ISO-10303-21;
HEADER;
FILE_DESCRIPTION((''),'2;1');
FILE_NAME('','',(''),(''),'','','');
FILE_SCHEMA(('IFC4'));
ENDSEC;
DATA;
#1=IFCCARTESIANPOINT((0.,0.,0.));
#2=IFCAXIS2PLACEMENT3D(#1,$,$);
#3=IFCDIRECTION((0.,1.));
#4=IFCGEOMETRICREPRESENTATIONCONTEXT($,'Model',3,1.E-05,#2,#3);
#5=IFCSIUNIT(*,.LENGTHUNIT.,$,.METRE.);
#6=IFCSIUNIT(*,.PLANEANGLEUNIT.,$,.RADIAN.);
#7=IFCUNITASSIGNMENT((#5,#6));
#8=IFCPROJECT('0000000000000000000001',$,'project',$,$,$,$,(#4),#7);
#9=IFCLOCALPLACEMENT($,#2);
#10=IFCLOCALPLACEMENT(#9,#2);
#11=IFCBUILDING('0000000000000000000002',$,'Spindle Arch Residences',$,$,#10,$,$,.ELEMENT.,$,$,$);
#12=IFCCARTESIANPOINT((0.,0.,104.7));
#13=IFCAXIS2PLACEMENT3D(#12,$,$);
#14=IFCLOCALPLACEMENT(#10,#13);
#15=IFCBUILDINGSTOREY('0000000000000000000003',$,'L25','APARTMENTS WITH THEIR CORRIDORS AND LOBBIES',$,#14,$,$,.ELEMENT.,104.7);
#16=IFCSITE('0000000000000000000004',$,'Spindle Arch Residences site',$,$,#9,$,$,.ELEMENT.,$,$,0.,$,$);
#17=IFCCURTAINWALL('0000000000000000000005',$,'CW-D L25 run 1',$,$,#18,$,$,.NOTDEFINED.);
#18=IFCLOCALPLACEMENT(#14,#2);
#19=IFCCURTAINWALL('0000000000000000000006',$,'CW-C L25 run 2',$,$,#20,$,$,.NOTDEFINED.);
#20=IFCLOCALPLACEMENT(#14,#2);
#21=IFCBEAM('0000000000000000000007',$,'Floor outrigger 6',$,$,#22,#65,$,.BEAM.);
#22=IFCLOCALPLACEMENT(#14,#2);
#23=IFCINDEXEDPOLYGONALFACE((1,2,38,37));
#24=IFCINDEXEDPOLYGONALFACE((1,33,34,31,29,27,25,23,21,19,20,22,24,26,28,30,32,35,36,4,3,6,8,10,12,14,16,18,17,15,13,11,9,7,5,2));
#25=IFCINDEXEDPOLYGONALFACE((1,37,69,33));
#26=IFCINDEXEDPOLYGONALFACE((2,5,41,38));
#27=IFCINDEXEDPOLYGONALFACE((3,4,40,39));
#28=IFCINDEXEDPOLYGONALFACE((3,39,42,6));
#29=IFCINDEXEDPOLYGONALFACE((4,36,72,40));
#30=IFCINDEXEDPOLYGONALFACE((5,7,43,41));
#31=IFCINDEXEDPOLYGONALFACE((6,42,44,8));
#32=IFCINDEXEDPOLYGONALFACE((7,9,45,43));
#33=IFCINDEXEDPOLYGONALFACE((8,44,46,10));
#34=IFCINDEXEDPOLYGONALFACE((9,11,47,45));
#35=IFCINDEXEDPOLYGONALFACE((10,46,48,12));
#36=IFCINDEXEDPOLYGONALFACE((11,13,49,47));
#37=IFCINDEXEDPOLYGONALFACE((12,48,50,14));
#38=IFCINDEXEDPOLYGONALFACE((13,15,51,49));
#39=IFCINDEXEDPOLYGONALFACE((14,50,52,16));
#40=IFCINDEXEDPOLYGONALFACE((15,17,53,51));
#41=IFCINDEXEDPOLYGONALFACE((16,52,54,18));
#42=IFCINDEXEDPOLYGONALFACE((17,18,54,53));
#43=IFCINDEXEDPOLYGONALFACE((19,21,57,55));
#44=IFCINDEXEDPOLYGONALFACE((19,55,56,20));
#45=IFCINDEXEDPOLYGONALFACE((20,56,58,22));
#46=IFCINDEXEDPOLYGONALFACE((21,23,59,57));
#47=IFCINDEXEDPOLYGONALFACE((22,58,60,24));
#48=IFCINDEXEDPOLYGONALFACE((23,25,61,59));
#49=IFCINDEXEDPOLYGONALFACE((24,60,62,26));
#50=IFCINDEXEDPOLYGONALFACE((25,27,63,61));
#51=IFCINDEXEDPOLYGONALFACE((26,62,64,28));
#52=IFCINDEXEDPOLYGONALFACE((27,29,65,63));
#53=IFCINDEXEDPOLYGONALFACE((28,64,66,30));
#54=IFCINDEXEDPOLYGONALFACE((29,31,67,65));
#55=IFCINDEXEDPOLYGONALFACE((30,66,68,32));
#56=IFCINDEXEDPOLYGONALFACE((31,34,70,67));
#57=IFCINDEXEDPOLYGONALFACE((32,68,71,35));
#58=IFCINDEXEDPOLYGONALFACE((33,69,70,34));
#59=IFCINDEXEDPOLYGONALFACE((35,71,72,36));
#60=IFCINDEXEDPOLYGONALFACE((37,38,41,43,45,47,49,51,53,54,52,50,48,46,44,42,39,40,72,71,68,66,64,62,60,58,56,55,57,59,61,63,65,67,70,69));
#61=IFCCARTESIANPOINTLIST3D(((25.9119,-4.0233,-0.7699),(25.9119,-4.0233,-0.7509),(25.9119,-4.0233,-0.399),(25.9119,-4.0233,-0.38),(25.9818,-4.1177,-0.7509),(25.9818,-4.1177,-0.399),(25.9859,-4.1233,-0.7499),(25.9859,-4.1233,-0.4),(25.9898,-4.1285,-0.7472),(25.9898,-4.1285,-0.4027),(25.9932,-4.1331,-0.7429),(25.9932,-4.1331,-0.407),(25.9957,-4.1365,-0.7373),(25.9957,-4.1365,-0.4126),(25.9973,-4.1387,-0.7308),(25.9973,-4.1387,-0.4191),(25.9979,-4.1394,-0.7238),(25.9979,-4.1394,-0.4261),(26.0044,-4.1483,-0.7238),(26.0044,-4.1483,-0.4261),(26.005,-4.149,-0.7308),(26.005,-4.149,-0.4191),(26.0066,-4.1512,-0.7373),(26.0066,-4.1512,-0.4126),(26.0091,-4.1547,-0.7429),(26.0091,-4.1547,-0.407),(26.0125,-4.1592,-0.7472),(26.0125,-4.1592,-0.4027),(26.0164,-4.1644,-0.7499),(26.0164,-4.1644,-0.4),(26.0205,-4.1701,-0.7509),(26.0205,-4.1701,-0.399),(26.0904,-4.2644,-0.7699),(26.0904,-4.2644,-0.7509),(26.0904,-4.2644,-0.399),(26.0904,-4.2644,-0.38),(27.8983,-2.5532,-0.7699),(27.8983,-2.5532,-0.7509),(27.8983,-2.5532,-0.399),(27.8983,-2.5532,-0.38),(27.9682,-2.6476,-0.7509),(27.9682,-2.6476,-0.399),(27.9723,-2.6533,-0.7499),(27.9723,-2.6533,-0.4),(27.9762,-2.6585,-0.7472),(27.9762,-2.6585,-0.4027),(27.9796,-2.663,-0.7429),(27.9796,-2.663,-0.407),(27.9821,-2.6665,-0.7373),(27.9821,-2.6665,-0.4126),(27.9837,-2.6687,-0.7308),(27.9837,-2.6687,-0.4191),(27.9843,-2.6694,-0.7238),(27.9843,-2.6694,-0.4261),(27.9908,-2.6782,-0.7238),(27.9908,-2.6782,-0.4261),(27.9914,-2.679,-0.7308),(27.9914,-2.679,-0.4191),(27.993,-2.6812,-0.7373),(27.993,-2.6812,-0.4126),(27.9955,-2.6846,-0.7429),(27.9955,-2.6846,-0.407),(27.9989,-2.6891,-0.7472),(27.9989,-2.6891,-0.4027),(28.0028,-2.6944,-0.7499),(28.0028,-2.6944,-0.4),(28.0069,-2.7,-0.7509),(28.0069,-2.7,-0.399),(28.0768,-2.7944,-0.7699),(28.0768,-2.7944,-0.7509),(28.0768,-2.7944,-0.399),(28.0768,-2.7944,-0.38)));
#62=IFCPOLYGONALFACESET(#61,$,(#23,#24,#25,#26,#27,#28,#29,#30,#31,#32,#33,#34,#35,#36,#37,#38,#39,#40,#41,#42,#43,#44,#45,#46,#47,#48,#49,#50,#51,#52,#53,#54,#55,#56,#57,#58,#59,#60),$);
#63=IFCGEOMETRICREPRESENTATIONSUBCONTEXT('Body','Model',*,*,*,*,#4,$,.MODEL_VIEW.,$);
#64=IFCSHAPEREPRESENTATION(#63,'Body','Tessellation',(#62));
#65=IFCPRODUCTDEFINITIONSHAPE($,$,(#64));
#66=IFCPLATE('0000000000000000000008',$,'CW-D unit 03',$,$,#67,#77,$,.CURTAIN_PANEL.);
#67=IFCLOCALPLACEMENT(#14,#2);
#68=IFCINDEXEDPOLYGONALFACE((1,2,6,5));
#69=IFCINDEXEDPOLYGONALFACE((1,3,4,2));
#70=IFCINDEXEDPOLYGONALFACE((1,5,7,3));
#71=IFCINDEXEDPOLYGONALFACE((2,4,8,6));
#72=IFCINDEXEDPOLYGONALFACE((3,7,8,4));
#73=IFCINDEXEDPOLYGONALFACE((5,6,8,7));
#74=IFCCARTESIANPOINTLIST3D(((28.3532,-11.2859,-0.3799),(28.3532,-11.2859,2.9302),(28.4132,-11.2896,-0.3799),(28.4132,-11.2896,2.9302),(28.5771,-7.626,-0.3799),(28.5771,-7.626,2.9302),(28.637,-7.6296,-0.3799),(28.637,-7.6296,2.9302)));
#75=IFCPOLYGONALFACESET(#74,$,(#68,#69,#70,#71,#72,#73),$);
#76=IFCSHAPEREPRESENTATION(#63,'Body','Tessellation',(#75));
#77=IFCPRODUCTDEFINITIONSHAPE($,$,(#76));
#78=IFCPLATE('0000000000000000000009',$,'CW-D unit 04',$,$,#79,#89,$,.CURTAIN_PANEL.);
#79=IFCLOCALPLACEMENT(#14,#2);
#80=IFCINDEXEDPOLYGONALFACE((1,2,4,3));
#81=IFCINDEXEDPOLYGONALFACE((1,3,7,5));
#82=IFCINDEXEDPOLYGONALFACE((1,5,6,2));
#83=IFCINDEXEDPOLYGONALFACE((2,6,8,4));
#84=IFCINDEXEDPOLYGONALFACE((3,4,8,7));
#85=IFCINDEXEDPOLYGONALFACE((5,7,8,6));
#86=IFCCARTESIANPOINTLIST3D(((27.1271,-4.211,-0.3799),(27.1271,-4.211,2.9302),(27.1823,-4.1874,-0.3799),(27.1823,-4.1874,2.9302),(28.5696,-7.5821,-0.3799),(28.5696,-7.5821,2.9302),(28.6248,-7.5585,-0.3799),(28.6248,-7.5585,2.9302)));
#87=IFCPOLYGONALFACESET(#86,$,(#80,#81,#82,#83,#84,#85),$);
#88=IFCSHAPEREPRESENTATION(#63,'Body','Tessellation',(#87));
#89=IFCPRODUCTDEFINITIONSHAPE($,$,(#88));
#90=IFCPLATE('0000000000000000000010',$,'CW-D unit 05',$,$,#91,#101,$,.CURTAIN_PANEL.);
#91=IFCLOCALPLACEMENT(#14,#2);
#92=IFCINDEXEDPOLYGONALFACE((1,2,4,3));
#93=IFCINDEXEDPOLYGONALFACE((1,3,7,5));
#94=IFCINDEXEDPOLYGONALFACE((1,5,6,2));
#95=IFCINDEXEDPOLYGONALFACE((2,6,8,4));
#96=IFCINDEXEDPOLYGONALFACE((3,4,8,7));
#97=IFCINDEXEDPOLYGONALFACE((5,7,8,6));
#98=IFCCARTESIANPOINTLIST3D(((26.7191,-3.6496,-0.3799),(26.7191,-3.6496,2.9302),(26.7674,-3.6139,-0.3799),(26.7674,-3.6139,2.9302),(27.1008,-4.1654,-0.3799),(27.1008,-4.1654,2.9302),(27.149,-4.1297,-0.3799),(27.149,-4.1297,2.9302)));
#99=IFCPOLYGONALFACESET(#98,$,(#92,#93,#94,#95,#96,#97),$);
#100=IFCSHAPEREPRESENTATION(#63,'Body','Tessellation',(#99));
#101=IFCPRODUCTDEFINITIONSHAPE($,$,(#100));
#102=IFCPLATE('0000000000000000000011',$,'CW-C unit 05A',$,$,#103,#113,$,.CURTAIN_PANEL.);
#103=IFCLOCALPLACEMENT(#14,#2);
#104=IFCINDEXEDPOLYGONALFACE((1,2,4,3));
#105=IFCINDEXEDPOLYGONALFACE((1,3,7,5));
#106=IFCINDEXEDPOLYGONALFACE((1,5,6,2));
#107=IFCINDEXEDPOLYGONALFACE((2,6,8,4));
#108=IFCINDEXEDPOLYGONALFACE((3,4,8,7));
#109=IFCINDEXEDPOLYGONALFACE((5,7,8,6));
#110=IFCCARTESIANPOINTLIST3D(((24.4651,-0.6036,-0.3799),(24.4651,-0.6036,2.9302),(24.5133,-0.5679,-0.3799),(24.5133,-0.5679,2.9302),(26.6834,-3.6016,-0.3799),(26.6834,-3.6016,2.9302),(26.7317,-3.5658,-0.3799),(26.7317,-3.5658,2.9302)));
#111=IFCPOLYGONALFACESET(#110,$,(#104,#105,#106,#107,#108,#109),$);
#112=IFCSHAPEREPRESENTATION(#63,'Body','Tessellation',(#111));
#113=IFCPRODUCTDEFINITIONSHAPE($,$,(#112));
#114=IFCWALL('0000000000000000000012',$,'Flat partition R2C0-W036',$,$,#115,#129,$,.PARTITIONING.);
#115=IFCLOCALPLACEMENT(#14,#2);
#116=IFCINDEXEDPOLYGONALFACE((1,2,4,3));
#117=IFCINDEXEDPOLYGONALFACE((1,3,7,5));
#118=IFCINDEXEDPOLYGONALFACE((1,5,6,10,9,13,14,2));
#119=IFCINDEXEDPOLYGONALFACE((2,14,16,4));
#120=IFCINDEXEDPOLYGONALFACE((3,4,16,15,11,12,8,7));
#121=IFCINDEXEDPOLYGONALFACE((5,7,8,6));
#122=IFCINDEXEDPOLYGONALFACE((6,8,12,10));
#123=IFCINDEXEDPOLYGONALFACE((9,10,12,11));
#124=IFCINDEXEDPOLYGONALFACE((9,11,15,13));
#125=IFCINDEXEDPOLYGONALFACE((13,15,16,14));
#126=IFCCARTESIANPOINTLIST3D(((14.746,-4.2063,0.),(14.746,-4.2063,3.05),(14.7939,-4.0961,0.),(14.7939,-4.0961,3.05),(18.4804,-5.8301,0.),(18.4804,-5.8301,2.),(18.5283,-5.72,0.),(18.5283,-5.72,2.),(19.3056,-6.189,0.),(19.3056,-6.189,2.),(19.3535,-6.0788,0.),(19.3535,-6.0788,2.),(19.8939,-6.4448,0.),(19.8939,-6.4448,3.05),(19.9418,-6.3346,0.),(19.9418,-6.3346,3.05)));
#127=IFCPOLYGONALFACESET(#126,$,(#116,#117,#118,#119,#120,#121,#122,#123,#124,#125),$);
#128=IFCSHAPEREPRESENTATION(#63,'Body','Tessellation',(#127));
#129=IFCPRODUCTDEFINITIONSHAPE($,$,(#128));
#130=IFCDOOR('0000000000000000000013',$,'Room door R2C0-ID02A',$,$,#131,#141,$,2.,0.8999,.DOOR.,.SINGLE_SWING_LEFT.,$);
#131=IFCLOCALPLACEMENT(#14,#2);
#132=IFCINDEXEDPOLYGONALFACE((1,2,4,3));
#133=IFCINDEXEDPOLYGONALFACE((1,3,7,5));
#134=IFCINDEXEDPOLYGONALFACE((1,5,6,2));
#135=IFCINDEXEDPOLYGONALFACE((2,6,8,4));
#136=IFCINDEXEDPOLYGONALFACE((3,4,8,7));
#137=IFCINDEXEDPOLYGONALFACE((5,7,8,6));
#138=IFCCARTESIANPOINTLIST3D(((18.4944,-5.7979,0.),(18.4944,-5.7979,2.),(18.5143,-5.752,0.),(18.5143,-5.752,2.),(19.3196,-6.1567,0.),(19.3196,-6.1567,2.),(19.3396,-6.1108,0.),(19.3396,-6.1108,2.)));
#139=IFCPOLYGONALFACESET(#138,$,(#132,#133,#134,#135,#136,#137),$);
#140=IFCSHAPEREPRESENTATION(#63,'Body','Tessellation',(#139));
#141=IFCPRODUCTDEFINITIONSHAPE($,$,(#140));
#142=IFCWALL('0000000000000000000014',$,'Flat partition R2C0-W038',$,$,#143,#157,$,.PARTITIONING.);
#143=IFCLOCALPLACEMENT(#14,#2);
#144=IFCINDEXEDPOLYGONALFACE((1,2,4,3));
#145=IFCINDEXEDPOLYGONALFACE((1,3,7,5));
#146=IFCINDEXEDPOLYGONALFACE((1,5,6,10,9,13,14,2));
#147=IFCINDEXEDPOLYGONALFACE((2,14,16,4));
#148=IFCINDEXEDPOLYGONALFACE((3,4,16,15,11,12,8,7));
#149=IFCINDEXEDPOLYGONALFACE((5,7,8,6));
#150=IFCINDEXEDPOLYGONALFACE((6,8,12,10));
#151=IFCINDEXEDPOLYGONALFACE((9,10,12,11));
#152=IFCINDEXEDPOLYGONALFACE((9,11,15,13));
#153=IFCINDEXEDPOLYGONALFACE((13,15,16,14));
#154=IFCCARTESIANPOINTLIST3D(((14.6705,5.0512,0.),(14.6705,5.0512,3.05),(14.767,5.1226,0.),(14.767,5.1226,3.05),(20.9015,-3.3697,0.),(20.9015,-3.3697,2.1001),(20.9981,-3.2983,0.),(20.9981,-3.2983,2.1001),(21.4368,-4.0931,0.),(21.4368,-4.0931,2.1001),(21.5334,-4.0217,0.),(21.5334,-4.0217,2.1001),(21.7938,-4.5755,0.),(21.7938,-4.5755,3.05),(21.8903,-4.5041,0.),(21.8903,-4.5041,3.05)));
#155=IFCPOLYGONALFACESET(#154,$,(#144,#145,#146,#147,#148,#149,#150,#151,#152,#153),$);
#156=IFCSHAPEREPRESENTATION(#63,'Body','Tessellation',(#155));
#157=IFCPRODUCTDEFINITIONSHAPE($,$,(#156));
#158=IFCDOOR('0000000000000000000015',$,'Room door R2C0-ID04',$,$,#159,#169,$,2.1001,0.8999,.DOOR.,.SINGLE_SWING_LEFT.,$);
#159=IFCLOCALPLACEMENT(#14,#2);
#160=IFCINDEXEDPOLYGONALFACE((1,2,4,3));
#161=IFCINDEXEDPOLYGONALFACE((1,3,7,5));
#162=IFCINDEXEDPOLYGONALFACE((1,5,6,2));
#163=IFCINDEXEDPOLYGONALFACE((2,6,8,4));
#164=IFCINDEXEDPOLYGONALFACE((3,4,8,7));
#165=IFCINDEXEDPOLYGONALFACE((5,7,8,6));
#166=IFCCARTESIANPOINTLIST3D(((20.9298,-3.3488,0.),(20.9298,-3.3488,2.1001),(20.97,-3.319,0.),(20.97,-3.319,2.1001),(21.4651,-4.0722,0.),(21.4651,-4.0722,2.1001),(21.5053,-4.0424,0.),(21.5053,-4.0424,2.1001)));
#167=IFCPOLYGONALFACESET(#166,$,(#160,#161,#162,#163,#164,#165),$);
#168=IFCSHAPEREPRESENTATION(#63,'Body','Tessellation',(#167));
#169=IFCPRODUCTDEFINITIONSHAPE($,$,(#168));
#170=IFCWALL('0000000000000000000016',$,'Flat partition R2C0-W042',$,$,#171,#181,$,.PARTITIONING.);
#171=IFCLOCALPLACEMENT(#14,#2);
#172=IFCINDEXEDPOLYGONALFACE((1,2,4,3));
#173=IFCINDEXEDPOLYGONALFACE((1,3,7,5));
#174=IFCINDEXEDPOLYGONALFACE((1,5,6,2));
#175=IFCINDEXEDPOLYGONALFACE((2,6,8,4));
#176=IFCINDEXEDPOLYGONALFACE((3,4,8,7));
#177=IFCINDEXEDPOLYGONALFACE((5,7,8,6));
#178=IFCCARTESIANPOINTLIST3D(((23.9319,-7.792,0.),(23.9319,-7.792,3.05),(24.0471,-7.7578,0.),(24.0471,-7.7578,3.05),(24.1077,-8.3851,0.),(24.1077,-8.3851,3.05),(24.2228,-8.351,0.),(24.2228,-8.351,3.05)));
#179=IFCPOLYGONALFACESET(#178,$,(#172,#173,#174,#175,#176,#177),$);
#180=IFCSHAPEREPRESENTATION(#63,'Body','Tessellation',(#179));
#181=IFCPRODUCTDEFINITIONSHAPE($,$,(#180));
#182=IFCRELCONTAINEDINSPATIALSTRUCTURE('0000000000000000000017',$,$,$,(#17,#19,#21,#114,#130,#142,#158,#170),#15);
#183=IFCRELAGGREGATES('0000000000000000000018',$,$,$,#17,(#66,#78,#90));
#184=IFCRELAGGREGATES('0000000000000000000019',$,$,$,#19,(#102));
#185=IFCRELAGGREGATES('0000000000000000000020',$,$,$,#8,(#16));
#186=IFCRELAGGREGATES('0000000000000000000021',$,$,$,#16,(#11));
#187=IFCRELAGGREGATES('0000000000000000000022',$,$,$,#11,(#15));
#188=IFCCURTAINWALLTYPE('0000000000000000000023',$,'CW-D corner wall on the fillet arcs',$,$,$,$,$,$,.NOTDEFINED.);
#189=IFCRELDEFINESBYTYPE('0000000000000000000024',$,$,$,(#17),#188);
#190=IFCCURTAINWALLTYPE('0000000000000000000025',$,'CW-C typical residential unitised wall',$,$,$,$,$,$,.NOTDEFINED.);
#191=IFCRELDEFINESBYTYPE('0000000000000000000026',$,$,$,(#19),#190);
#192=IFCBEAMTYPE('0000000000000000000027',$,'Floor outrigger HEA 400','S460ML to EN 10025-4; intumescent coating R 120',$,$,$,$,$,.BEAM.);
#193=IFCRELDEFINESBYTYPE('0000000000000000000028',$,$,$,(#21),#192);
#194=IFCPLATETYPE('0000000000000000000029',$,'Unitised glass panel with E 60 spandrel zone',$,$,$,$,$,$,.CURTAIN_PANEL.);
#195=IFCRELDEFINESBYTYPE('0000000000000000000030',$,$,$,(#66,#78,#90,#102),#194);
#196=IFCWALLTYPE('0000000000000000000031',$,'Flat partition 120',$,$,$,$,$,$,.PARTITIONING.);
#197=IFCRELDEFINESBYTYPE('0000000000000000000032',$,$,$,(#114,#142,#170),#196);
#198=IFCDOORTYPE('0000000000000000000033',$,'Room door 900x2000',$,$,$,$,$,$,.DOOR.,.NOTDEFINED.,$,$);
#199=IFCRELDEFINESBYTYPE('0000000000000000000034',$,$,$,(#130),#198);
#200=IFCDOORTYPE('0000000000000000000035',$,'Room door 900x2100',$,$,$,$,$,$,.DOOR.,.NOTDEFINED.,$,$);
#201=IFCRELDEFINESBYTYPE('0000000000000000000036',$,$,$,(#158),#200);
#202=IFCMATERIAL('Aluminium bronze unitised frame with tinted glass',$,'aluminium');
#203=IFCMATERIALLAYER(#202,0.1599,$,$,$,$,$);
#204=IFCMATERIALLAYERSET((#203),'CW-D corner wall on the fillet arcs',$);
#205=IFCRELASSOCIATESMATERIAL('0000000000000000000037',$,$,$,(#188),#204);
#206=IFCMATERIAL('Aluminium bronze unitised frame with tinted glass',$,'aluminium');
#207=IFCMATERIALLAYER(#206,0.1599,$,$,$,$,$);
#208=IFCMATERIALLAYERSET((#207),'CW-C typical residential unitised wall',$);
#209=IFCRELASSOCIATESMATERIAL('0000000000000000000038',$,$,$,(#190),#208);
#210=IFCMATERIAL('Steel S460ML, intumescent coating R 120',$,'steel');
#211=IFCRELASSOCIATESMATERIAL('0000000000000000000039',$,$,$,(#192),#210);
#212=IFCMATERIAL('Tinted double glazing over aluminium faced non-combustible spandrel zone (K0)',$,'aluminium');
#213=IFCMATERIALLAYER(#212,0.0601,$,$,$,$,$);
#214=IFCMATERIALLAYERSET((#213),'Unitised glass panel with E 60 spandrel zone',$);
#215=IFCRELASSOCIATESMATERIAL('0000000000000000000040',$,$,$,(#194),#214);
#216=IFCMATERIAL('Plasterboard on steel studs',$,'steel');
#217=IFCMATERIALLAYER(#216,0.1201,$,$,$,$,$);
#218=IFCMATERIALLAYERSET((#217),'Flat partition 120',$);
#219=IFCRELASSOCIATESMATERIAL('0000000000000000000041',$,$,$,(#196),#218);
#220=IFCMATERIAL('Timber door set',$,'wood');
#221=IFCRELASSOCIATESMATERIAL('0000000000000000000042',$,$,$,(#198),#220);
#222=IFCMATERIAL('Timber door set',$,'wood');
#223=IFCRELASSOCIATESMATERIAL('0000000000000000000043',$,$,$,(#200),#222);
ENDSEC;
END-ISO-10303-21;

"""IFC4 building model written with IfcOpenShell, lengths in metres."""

from ifc_helpers import new_model, si_unit, direction, frame, frame_2d, origin, origin_2d, place, context, subcontext, project, spatial, rectangle, i_section, extrude, material, layer, layer_set, material_profile, profile_set, type_object, element, fill, aggregate, save


model = new_model("IFC4")

# Units and contexts
model_context = context("Model", 3, precision=1e-05, world=origin(), true_north=direction((0.0, 1.0)))
body_context = subcontext(model_context, "Body", "Model", "MODEL_VIEW")
ifc_project = project(units=[si_unit("LENGTHUNIT", "METRE"), si_unit("PLANEANGLEUNIT", "RADIAN")], contexts=[model_context])

# Site, building, storey
site_placement = place(None, origin())
site = spatial("IfcSite", under=ifc_project, at=site_placement, Name="Spindle Arch Residences site", CompositionType="ELEMENT", RefElevation=0.0)
building_placement = place(site_placement, origin())
building = spatial("IfcBuilding", under=site, at=building_placement, Name="Spindle Arch Residences", CompositionType="ELEMENT")
storey_placement = place(building_placement, frame((0.0, 0.0, 104.7)))
storey = spatial("IfcBuildingStorey", under=building, at=storey_placement, Name="L25", Description="APARTMENTS WITH THEIR CORRIDORS AND LOBBIES", CompositionType="ELEMENT", Elevation=104.7)

# Curtain wall
ifc_material_1 = material(Name="Aluminium bronze unitised frame with tinted glass", Category="aluminium")
ifc_layer_1 = layer(ifc_material_1, 0.1599)
ifc_layer_set_1 = layer_set([ifc_layer_1], Name="CW-D corner wall on the fillet arcs")
curtain_wall_type_1 = type_object("IfcCurtainWallType", Name="CW-D corner wall on the fillet arcs", PredefinedType="NOTDEFINED", material=ifc_layer_set_1)
curtain_wall_1_placement = place(storey_placement, origin())
curtain_wall_1 = element("IfcCurtainWall", 1, at=curtain_wall_1_placement, inside=storey, type_object=curtain_wall_type_1, Name="CW-D L25 run 1", PredefinedType="NOTDEFINED")

# Curtain wall
ifc_material_2 = material(Name="Aluminium bronze unitised frame with tinted glass", Category="aluminium")
ifc_layer_2 = layer(ifc_material_2, 0.1599)
ifc_layer_set_2 = layer_set([ifc_layer_2], Name="CW-C typical residential unitised wall")
curtain_wall_type_2 = type_object("IfcCurtainWallType", Name="CW-C typical residential unitised wall", PredefinedType="NOTDEFINED", material=ifc_layer_set_2)
curtain_wall_2_placement = place(storey_placement, origin())
curtain_wall_2 = element("IfcCurtainWall", 2, at=curtain_wall_2_placement, inside=storey, type_object=curtain_wall_type_2, Name="CW-C L25 run 2", PredefinedType="NOTDEFINED")

# Beam
ifc_material_3 = material(Name="Steel S460ML, intumescent coating R 120", Category="steel")
ifc_material_profile_1 = material_profile(ifc_material_3, i_section(OverallWidth=0.3, OverallDepth=0.3899, WebThickness=0.011, FlangeThickness=0.019, FilletRadius=0.0271, at=origin_2d()), Name="HEA 400")
ifc_profile_set_1 = profile_set([ifc_material_profile_1], Name="Steel S460ML, intumescent coating R 120")
beam_type_1 = type_object("IfcBeamType", Name="Floor outrigger HEA 400", Description="S460ML to EN 10025-4; intumescent coating R 120", PredefinedType="BEAM", material=ifc_profile_set_1)
beam_1_placement = place(storey_placement, frame((27.9875, -2.6738, -0.575), z_axis=(-0.803825, -0.594866, 0.0), x_axis=(0.594866, -0.803825, 0.0)))
element("IfcBeam", 3, at=beam_1_placement, inside=storey, type_object=beam_type_1, Name="Floor outrigger 6", PredefinedType="BEAM", context=body_context, shape_type="SweptSolid", body=[
    extrude(i_section(OverallWidth=0.3, OverallDepth=0.3899, WebThickness=0.011, FlangeThickness=0.019, FilletRadius=0.0271, at=origin_2d()), origin(), (0.0, 0.0, 1.0), 2.4712),
])

# Plates
ifc_material_4 = material(Name="Tinted double glazing over aluminium faced non-combustible spandrel zone (K0)", Category="aluminium")
ifc_layer_3 = layer(ifc_material_4, 0.0601)
ifc_layer_set_3 = layer_set([ifc_layer_3], Name="Unitised glass panel with E 60 spandrel zone")
plate_type = type_object("IfcPlateType", Name="Unitised glass panel with E 60 spandrel zone", PredefinedType="CURTAIN_PANEL", material=ifc_layer_set_3)
plate_1_placement = place(storey_placement, frame((28.4951, -9.4578, -0.3799), z_axis=(0.0, 0.0, 1.0), x_axis=(0.061049, 0.998135, 0.0)))
plate_1 = element("IfcPlate", 4, at=plate_1_placement, type_object=plate_type, Name="CW-D unit 03", PredefinedType="CURTAIN_PANEL", context=body_context, shape_type="SweptSolid", body=[
    extrude(rectangle(XDim=3.6667, YDim=0.0601, at=origin_2d()), origin(), (0.0, 0.0, 1.0), 3.3101),
])
plate_2_placement = place(storey_placement, frame((27.876, -5.8848, -0.3799), z_axis=(0.0, 0.0, 1.0), x_axis=(-0.393407, 0.919364, 0.0)))
plate_2 = element("IfcPlate", 5, at=plate_2_placement, type_object=plate_type, Name="CW-D unit 04", PredefinedType="CURTAIN_PANEL", context=body_context, shape_type="SweptSolid", body=[
    extrude(rectangle(XDim=3.6667, YDim=0.0601, at=origin_2d()), origin(), (0.0, 0.0, 1.0), 3.3101),
])
plate_3_placement = place(storey_placement, frame((26.9341, -3.8896, -0.3799), z_axis=(0.0, 0.0, 1.0), x_axis=(-0.594823, 0.803857, 0.0)))
plate_3 = element("IfcPlate", 6, at=plate_3_placement, type_object=plate_type, Name="CW-D unit 05", PredefinedType="CURTAIN_PANEL", context=body_context, shape_type="SweptSolid", body=[
    extrude(rectangle(XDim=0.6416, YDim=0.0601, at=origin_2d()), origin(), (0.0, 0.0, 1.0), 3.3101),
])
aggregate(curtain_wall_1, [plate_1, plate_2, plate_3])
plate_4_placement = place(storey_placement, frame((25.5984, -2.0847, -0.3799), z_axis=(0.0, 0.0, 1.0), x_axis=(-0.594823, 0.803857, 0.0)))
plate_4 = element("IfcPlate", 7, at=plate_4_placement, type_object=plate_type, Name="CW-C unit 05A", PredefinedType="CURTAIN_PANEL", context=body_context, shape_type="SweptSolid", body=[
    extrude(rectangle(XDim=3.7295, YDim=0.0601, at=origin_2d()), origin(), (0.0, 0.0, 1.0), 3.3101),
])
aggregate(curtain_wall_2, [plate_4])

# Walls, openings, doors
ifc_material_5 = material(Name="Plasterboard on steel studs", Category="steel")
ifc_layer_4 = layer(ifc_material_5, 0.1201)
ifc_layer_set_4 = layer_set([ifc_layer_4], Name="Flat partition 120")
wall_type = type_object("IfcWallType", Name="Flat partition 120", PredefinedType="PARTITIONING", material=ifc_layer_set_4)
wall_1_placement = place(storey_placement, frame((19.9177, -6.3896, 0.0), z_axis=(0.0, 0.0, 1.0), x_axis=(-0.917051, 0.398769, 0.0)))
wall_1 = element("IfcWall", 8, at=wall_1_placement, inside=storey, type_object=wall_type, Name="Flat partition R2C0-W036", PredefinedType="PARTITIONING", context=body_context, shape_type="SweptSolid", body=[
    extrude(rectangle(XDim=5.6135, YDim=0.1201, at=frame_2d((2.8066, 0.0))), origin(), (0.0, 0.0, 1.0), 3.05),
])
opening_1_placement = place(wall_1_placement, frame((0.6414, 0.0, 0.0)))
opening_1 = element("IfcOpeningElement", 9, at=opening_1_placement, cuts=wall_1, PredefinedType="OPENING", context=body_context, shape_type="SweptSolid", body=[
    extrude(rectangle(XDim=0.8999, YDim=2.0, at=frame_2d((0.45, 1.0))), frame((0.0, 0.0701, 0.0), z_axis=(0.0, -1.0, 0.0), x_axis=(1.0, 0.0, 0.0)), (0.0, 0.0, 1.0), 0.1401),
])
ifc_material_6 = material(Name="Timber door set", Category="wood")
door_type_1 = type_object("IfcDoorType", Name="Room door 900x2000", OperationType="NOTDEFINED", PredefinedType="DOOR", material=ifc_material_6)
door_1_placement = place(opening_1_placement, origin())
door_1 = element("IfcDoor", 10, at=door_1_placement, inside=storey, type_object=door_type_1, Name="Room door R2C0-ID02A", OperationType="SINGLE_SWING_LEFT", OverallHeight=2.0, OverallWidth=0.8999, PredefinedType="DOOR", context=body_context, shape_type="SweptSolid", body=[
    extrude(rectangle(XDim=0.8999, YDim=2.0, at=frame_2d((0.45, 1.0))), frame((0.0, 0.0249, 0.0), z_axis=(0.0, -1.0, 0.0), x_axis=(1.0, 0.0, 0.0)), (0.0, 0.0, 1.0), 0.05),
])
fill(opening_1, door_1)
wall_2_placement = place(storey_placement, frame((21.842, -4.5398, 0.0), z_axis=(0.0, 0.0, 1.0), x_axis=(-0.594817, 0.803861, 0.0)))
wall_2 = element("IfcWall", 11, at=wall_2_placement, inside=storey, type_object=wall_type, Name="Flat partition R2C0-W038", PredefinedType="PARTITIONING", context=body_context, shape_type="SweptSolid", body=[
    extrude(rectangle(XDim=11.9756, YDim=0.1201, at=frame_2d((5.9878, 0.0))), origin(), (0.0, 0.0, 1.0), 3.05),
])
opening_2_placement = place(wall_2_placement, frame((0.6001, 0.0, 0.0)))
opening_2 = element("IfcOpeningElement", 12, at=opening_2_placement, cuts=wall_2, PredefinedType="OPENING", context=body_context, shape_type="SweptSolid", body=[
    extrude(rectangle(XDim=0.8999, YDim=2.1001, at=frame_2d((0.45, 1.05))), frame((0.0, 0.0701, 0.0), z_axis=(0.0, -1.0, 0.0), x_axis=(1.0, 0.0, 0.0)), (0.0, 0.0, 1.0), 0.1401),
])
ifc_material_7 = material(Name="Timber door set", Category="wood")
door_type_2 = type_object("IfcDoorType", Name="Room door 900x2100", OperationType="NOTDEFINED", PredefinedType="DOOR", material=ifc_material_7)
door_2_placement = place(opening_2_placement, origin())
door_2 = element("IfcDoor", 13, at=door_2_placement, inside=storey, type_object=door_type_2, Name="Room door R2C0-ID04", OperationType="SINGLE_SWING_LEFT", OverallHeight=2.1001, OverallWidth=0.8999, PredefinedType="DOOR", context=body_context, shape_type="SweptSolid", body=[
    extrude(rectangle(XDim=0.8999, YDim=2.1001, at=frame_2d((0.45, 1.05))), frame((0.0, 0.0249, 0.0), z_axis=(0.0, -1.0, 0.0), x_axis=(1.0, 0.0, 0.0)), (0.0, 0.0, 1.0), 0.05),
])
fill(opening_2, door_2)

# Wall
wall_3_placement = place(storey_placement, frame((23.9895, -7.7749, 0.0), z_axis=(0.0, 0.0, 1.0), x_axis=(0.284088, -0.958798, 0.0)))
element("IfcWall", 14, at=wall_3_placement, inside=storey, type_object=wall_type, Name="Flat partition R2C0-W042", PredefinedType="PARTITIONING", context=body_context, shape_type="SweptSolid", body=[
    extrude(rectangle(XDim=0.6187, YDim=0.1201, at=frame_2d((0.3093, 0.0))), origin(), (0.0, 0.0, 1.0), 3.05),
])

save(model, "model.ifc")
